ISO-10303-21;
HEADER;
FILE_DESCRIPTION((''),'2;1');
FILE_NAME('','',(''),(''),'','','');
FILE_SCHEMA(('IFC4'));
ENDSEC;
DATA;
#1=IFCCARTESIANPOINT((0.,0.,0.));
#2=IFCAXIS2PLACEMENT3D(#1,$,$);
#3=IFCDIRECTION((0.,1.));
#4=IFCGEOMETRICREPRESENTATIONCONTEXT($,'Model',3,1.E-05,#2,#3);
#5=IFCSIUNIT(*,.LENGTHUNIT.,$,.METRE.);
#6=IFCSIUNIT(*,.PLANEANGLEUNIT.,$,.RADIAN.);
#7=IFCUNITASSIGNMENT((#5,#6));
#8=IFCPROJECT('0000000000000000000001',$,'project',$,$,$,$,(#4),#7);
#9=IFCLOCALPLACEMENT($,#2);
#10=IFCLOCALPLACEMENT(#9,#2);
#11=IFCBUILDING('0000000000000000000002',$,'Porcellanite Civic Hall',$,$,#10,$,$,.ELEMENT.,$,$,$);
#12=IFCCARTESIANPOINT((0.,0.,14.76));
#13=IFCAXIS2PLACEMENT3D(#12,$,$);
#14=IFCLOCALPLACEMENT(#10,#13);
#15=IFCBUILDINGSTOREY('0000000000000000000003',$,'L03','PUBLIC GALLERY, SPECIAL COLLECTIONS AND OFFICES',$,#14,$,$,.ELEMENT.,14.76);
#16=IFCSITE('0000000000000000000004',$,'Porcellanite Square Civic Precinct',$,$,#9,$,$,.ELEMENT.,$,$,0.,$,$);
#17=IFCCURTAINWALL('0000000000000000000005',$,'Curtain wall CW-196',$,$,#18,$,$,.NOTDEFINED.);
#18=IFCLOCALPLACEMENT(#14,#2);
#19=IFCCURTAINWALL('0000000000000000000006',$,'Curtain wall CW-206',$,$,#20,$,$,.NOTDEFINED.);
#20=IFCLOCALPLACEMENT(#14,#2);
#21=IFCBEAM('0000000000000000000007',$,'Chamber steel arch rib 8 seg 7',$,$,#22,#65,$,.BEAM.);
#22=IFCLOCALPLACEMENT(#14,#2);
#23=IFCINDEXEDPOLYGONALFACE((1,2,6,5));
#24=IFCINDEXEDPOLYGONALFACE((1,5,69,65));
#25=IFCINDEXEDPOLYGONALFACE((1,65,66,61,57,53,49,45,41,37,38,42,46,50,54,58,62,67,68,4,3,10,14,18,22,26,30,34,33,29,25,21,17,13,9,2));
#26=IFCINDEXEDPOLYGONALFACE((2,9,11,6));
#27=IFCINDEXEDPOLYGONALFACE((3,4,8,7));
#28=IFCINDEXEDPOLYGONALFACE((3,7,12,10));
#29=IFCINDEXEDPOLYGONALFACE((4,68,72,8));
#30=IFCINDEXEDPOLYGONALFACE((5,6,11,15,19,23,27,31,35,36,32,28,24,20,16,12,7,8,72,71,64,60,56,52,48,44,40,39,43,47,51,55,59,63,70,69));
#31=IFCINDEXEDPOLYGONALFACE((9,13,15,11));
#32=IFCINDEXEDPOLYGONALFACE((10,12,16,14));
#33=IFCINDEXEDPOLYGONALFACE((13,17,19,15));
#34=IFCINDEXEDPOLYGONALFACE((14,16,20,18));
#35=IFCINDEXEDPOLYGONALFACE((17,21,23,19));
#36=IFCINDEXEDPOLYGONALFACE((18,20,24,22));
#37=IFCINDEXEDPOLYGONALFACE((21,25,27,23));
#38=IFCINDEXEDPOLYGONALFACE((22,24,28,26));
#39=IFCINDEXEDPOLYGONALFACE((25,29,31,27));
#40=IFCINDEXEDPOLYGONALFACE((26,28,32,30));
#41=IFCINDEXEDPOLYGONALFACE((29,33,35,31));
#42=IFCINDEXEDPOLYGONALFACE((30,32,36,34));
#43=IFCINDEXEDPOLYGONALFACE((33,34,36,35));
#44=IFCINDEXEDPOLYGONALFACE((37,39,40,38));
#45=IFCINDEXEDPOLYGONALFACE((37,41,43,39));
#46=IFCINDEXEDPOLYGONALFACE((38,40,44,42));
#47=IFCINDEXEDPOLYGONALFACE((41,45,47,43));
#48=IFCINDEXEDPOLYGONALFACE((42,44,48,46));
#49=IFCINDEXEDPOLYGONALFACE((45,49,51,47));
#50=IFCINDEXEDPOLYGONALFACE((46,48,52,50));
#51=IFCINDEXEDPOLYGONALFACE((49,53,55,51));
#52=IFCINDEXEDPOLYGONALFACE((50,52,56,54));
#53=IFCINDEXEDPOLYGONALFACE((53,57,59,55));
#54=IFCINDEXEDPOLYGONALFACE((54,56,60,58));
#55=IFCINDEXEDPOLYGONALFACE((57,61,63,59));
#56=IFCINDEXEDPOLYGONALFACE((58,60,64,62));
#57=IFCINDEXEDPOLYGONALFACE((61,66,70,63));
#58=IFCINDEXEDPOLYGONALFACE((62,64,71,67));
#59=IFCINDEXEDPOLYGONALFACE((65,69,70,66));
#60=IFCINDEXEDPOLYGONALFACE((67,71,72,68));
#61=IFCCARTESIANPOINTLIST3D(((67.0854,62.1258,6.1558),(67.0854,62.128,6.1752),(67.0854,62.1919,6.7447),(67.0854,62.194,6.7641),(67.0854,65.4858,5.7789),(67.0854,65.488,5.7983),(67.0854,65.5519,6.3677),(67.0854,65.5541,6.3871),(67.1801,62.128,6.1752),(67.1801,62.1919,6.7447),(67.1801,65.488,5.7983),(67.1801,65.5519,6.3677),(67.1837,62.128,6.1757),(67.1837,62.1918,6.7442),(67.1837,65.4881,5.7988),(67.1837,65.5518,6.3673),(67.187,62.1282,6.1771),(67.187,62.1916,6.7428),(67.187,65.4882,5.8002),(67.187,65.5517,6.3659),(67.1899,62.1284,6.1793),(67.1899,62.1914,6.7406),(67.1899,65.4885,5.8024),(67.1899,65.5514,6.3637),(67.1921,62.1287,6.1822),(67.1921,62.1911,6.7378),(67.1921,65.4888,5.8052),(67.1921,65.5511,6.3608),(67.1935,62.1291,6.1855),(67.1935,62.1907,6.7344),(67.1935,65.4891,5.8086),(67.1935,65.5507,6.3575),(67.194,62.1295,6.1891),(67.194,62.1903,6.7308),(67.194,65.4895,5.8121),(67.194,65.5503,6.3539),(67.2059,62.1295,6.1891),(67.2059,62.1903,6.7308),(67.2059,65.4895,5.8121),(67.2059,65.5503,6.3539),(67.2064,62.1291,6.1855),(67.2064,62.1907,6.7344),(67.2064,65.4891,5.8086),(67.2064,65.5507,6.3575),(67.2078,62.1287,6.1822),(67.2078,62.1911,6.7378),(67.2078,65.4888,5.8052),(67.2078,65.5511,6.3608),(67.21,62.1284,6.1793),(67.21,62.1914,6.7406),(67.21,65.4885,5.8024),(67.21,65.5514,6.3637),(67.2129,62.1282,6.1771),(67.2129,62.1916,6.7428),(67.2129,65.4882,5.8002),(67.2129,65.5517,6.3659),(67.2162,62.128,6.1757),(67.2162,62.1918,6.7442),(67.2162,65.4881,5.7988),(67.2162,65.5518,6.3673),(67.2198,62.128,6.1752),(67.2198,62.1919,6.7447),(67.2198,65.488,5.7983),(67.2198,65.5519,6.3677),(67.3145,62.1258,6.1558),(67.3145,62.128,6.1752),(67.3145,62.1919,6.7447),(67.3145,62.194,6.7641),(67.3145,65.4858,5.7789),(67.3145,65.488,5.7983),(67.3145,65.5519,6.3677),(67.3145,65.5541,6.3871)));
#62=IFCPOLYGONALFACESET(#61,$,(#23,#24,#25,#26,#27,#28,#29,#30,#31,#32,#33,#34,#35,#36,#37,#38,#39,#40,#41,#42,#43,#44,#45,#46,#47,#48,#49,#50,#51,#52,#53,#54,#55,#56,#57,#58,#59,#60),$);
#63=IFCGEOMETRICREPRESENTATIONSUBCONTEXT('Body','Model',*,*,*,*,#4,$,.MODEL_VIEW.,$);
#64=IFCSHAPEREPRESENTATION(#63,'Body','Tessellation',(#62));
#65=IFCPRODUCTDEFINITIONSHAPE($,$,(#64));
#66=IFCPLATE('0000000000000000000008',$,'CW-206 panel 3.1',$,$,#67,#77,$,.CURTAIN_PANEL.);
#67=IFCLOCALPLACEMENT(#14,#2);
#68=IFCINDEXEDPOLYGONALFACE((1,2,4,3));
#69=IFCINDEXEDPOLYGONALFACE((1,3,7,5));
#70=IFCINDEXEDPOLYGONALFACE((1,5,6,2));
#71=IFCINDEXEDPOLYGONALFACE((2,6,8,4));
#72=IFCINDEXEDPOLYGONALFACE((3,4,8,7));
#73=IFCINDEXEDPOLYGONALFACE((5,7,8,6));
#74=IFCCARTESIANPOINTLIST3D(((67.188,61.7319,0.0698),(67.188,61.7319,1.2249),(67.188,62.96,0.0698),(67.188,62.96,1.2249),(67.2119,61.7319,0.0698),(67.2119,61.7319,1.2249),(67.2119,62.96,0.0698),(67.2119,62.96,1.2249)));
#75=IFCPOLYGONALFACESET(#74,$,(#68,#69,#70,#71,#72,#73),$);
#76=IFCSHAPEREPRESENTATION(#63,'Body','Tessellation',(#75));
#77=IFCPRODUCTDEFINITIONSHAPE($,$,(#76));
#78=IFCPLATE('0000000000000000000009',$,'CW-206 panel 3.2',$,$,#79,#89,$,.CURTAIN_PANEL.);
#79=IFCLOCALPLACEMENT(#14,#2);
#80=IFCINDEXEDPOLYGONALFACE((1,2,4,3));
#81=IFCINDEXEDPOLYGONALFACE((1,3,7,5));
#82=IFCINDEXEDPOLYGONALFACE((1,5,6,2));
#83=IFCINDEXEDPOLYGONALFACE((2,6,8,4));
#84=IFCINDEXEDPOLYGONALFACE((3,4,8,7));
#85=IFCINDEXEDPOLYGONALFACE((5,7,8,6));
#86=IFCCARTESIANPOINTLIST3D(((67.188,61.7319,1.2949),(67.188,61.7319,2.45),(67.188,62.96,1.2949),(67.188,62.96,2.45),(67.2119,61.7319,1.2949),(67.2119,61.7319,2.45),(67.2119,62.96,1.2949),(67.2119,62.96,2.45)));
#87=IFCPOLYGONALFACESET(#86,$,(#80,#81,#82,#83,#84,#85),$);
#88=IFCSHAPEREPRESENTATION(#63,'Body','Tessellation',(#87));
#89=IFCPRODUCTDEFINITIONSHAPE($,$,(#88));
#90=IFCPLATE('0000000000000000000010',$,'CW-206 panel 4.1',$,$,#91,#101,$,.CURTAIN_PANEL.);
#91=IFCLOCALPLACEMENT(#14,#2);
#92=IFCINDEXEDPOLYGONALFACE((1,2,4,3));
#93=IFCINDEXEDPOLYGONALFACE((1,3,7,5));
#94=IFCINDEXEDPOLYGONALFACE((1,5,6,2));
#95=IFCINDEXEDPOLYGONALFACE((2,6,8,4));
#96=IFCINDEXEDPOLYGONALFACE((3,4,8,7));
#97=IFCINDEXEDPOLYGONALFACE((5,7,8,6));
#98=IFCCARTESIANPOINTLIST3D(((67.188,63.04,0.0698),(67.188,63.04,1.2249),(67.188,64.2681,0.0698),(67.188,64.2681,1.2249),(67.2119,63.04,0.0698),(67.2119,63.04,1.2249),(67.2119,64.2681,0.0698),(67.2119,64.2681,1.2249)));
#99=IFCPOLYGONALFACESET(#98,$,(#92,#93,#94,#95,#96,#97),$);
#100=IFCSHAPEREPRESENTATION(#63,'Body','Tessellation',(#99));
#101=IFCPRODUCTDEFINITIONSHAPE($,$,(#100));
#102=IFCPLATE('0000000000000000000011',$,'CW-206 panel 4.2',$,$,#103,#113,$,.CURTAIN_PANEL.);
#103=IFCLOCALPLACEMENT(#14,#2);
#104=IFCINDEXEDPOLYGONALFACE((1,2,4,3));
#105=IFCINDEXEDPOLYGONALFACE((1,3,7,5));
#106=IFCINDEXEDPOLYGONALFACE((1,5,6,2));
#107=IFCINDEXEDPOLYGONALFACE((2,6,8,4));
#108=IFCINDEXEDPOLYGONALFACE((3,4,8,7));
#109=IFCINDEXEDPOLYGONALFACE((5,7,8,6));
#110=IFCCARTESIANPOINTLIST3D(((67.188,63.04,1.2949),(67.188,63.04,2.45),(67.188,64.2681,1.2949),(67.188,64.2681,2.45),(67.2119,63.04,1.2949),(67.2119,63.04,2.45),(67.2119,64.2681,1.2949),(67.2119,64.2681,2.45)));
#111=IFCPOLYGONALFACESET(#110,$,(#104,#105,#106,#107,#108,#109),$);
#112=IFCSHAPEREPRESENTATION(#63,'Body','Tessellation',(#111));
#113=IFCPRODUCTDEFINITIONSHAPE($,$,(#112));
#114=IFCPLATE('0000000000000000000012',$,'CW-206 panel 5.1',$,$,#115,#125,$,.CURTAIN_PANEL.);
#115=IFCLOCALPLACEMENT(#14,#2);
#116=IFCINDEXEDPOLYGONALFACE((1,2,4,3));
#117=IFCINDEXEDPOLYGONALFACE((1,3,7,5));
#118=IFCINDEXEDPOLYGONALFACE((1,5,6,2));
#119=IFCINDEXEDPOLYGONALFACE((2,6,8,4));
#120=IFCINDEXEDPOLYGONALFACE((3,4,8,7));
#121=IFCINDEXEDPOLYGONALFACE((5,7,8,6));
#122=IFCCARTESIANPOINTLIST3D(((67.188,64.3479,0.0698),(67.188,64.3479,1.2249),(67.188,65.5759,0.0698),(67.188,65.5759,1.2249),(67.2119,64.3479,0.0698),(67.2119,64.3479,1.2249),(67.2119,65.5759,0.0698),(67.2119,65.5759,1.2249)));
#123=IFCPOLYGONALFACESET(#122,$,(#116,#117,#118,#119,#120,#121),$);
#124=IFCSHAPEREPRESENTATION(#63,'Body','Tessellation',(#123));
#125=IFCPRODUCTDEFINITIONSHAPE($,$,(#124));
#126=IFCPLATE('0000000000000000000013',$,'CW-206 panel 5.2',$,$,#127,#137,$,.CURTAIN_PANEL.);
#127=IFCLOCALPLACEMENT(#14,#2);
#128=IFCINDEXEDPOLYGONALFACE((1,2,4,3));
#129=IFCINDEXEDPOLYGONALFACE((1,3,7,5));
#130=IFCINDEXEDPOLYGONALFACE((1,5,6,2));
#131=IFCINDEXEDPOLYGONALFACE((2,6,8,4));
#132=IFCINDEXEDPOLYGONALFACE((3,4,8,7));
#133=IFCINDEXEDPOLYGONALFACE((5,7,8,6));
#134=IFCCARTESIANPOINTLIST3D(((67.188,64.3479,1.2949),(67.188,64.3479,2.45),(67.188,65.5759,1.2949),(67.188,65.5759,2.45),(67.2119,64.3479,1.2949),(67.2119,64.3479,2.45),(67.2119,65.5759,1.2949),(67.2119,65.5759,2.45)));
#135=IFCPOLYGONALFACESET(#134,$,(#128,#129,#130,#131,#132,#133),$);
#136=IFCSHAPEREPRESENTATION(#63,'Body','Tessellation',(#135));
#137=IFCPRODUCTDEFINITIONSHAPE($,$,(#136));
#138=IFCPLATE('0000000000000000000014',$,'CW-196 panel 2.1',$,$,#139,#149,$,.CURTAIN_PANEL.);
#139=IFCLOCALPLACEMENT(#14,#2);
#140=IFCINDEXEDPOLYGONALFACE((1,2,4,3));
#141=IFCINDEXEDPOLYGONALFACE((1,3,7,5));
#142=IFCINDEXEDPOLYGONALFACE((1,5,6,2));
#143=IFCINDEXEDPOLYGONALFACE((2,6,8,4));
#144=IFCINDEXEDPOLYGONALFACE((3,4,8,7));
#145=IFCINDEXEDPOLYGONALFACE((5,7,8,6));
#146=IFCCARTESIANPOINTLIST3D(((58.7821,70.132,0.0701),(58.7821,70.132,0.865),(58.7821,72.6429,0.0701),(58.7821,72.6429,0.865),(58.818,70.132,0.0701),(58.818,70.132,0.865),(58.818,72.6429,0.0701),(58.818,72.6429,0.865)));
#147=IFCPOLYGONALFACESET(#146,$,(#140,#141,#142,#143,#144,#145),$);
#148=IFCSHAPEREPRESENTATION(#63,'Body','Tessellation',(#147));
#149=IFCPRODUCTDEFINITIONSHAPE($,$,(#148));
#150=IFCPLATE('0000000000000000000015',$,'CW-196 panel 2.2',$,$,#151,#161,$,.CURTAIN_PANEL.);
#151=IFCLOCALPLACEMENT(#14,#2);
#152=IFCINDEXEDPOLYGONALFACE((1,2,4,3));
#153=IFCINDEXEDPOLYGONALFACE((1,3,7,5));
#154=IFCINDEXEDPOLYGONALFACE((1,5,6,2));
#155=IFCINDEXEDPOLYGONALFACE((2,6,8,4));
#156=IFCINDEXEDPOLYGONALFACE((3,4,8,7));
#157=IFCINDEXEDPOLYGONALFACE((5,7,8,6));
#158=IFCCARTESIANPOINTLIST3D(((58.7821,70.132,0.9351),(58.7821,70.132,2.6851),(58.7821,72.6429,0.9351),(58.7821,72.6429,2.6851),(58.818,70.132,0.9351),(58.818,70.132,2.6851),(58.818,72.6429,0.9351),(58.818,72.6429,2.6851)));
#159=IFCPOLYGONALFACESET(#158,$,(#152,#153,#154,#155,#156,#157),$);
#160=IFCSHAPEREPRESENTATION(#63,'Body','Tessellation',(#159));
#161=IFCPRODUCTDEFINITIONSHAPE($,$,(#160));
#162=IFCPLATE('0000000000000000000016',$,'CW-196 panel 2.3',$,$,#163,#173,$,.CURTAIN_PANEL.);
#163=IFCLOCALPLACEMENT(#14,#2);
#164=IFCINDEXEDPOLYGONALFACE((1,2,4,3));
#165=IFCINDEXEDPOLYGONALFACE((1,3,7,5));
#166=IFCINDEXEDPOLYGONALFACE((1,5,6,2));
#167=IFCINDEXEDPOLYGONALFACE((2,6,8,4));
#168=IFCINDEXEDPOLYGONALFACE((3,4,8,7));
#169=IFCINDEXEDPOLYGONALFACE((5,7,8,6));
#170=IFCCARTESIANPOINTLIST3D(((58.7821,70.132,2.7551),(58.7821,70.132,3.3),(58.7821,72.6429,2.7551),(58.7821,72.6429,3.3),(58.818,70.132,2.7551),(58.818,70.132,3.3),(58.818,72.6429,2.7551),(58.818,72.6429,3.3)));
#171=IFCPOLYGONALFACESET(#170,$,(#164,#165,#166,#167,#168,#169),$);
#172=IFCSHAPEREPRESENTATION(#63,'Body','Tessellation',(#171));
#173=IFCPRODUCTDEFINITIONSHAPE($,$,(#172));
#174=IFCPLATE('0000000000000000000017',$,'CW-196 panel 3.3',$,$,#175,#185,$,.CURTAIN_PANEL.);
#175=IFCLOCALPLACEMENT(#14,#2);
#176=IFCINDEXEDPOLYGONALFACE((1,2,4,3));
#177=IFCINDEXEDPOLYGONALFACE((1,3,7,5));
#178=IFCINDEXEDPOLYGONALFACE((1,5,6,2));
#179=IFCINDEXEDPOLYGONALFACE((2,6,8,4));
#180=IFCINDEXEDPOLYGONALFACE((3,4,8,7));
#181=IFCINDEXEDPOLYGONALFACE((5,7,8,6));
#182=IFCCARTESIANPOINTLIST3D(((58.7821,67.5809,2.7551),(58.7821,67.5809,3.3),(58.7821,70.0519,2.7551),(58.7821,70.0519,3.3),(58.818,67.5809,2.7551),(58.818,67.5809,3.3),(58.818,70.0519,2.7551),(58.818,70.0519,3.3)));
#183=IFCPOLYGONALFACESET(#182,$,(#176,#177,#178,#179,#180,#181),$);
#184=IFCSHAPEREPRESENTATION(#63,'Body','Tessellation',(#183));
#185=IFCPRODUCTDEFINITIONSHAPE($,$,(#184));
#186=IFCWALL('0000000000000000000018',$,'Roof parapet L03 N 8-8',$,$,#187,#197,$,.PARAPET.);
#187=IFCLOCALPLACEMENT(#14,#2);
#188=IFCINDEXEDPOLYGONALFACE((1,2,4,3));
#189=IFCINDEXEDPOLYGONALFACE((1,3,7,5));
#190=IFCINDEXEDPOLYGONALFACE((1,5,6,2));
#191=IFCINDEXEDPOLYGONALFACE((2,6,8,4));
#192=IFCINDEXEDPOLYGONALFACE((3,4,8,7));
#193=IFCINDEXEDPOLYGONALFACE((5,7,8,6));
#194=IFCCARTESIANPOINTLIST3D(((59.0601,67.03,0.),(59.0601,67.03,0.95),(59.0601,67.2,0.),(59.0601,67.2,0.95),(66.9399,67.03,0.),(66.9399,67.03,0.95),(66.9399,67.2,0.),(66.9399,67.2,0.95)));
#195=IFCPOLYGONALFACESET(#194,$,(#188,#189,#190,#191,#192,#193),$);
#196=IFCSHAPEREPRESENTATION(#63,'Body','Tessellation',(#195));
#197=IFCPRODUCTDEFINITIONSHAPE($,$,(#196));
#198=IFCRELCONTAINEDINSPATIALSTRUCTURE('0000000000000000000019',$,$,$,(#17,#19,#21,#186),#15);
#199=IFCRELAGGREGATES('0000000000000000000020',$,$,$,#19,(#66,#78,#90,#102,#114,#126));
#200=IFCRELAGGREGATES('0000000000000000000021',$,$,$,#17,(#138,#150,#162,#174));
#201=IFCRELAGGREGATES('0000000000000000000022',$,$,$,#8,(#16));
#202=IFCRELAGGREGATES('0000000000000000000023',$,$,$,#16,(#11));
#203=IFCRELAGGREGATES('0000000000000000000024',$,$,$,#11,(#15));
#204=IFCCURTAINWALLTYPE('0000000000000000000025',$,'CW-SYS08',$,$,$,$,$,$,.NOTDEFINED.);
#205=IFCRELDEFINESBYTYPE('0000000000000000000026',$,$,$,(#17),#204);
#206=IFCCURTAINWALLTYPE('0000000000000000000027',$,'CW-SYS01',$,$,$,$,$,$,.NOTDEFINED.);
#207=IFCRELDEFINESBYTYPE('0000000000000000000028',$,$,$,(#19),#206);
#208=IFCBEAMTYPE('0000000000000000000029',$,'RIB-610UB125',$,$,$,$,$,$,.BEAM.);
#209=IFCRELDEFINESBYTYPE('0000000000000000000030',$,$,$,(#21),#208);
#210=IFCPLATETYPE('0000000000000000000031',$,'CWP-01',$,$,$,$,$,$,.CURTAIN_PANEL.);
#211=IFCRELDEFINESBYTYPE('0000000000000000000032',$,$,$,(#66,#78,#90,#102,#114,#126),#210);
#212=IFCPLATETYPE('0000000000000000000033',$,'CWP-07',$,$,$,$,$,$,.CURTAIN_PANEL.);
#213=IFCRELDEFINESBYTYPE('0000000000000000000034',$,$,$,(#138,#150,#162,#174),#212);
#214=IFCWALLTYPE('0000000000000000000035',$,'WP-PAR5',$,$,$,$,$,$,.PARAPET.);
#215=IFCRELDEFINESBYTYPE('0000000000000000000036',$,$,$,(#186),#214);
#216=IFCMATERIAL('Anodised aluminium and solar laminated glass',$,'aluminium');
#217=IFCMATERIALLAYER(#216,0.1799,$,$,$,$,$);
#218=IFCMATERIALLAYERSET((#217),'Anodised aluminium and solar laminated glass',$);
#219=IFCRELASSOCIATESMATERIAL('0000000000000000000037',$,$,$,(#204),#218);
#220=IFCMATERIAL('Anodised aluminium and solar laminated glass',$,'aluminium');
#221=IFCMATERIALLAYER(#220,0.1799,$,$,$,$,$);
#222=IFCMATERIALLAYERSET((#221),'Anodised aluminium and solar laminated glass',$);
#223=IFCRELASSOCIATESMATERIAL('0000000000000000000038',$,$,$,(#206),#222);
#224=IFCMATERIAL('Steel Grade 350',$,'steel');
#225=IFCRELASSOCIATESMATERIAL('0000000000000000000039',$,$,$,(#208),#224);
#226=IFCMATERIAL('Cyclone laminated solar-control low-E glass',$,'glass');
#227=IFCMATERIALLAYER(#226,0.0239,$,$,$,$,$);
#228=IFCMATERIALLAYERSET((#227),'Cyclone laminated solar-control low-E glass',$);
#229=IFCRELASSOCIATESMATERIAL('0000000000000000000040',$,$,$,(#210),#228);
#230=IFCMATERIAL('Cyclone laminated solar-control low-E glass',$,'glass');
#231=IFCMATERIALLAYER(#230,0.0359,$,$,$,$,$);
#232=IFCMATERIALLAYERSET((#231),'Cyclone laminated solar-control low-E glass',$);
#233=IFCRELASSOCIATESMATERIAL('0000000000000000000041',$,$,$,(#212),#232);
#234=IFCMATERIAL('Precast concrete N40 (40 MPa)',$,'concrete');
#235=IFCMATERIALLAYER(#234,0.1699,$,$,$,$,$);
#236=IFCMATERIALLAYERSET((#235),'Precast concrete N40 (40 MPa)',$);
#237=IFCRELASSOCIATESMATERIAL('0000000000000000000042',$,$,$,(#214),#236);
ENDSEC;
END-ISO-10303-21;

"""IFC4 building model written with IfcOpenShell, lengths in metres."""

from ifc_helpers import new_model, si_unit, direction, frame, frame_2d, origin, origin_2d, place, context, subcontext, project, spatial, rectangle, i_section, extrude, material, layer, layer_set, material_profile, profile_set, type_object, element, aggregate, save


model = new_model("IFC4")

# Units and contexts
model_context = context("Model", 3, precision=1e-05, world=origin(), true_north=direction((0.0, 1.0)))
body_context = subcontext(model_context, "Body", "Model", "MODEL_VIEW")
ifc_project = project(units=[si_unit("LENGTHUNIT", "METRE"), si_unit("PLANEANGLEUNIT", "RADIAN")], contexts=[model_context])

# Site, building, storey
site_placement = place(None, origin())
site = spatial("IfcSite", under=ifc_project, at=site_placement, Name="Porcellanite Square Civic Precinct", CompositionType="ELEMENT", RefElevation=0.0)
building_placement = place(site_placement, origin())
building = spatial("IfcBuilding", under=site, at=building_placement, Name="Porcellanite Civic Hall", CompositionType="ELEMENT")
storey_placement = place(building_placement, frame((0.0, 0.0, 14.76)))
storey = spatial("IfcBuildingStorey", under=building, at=storey_placement, Name="L03", Description="PUBLIC GALLERY, SPECIAL COLLECTIONS AND OFFICES", CompositionType="ELEMENT", Elevation=14.76)

# Curtain wall
ifc_material_1 = material(Name="Anodised aluminium and solar laminated glass", Category="aluminium")
ifc_layer_1 = layer(ifc_material_1, 0.1799)
ifc_layer_set_1 = layer_set([ifc_layer_1], Name="Anodised aluminium and solar laminated glass")
curtain_wall_type_1 = type_object("IfcCurtainWallType", Name="CW-SYS08", PredefinedType="NOTDEFINED", material=ifc_layer_set_1)
curtain_wall_1_placement = place(storey_placement, origin())
curtain_wall_1 = element("IfcCurtainWall", 1, at=curtain_wall_1_placement, inside=storey, type_object=curtain_wall_type_1, Name="Curtain wall CW-196", PredefinedType="NOTDEFINED")

# Curtain wall
ifc_material_2 = material(Name="Anodised aluminium and solar laminated glass", Category="aluminium")
ifc_layer_2 = layer(ifc_material_2, 0.1799)
ifc_layer_set_2 = layer_set([ifc_layer_2], Name="Anodised aluminium and solar laminated glass")
curtain_wall_type_2 = type_object("IfcCurtainWallType", Name="CW-SYS01", PredefinedType="NOTDEFINED", material=ifc_layer_set_2)
curtain_wall_2_placement = place(storey_placement, origin())
curtain_wall_2 = element("IfcCurtainWall", 2, at=curtain_wall_2_placement, inside=storey, type_object=curtain_wall_type_2, Name="Curtain wall CW-206", PredefinedType="NOTDEFINED")

# Beam
ifc_material_3 = material(Name="Steel Grade 350", Category="steel")
ifc_material_profile_1 = material_profile(ifc_material_3, i_section(OverallWidth=0.229, OverallDepth=0.6121, WebThickness=0.012, FlangeThickness=0.0195, FilletRadius=0.0139, at=origin_2d()), Name="610UB125")
ifc_profile_set_1 = profile_set([ifc_material_profile_1], Name="Steel Grade 350")
beam_type = type_object("IfcBeamType", Name="RIB-610UB125", PredefinedType="BEAM", material=ifc_profile_set_1)
beam_placement = place(storey_placement, frame((67.2, 62.1599, 6.46), z_axis=(0.0, 0.993766, -0.111485), x_axis=(-1.0, 0.0, 0.0)))
element("IfcBeam", 3, at=beam_placement, inside=storey, type_object=beam_type, Name="Chamber steel arch rib 8 seg 7", PredefinedType="BEAM", context=body_context, shape_type="SweptSolid", body=[
    extrude(i_section(OverallWidth=0.229, OverallDepth=0.6121, WebThickness=0.012, FlangeThickness=0.0195, FilletRadius=0.0139, at=origin_2d()), origin(), (0.0, 0.0, 1.0), 3.3811),
])

# Plates
ifc_material_4 = material(Name="Cyclone laminated solar-control low-E glass", Category="glass")
ifc_layer_3 = layer(ifc_material_4, 0.0239)
ifc_layer_set_3 = layer_set([ifc_layer_3], Name="Cyclone laminated solar-control low-E glass")
plate_type_1 = type_object("IfcPlateType", Name="CWP-01", PredefinedType="CURTAIN_PANEL", material=ifc_layer_set_3)
plate_1_placement = place(storey_placement, frame((67.2, 62.3459, 0.0698), z_axis=(0.0, 0.0, 1.0), x_axis=(0.0, 1.0, 0.0)))
plate_1 = element("IfcPlate", 4, at=plate_1_placement, type_object=plate_type_1, Name="CW-206 panel 3.1", PredefinedType="CURTAIN_PANEL", context=body_context, shape_type="SweptSolid", body=[
    extrude(rectangle(XDim=1.228, YDim=0.0239, at=origin_2d()), origin(), (0.0, 0.0, 1.0), 1.155),
])
plate_2_placement = place(storey_placement, frame((67.2, 62.3459, 1.2949), z_axis=(0.0, 0.0, 1.0), x_axis=(0.0, 1.0, 0.0)))
plate_2 = element("IfcPlate", 5, at=plate_2_placement, type_object=plate_type_1, Name="CW-206 panel 3.2", PredefinedType="CURTAIN_PANEL", context=body_context, shape_type="SweptSolid", body=[
    extrude(rectangle(XDim=1.228, YDim=0.0239, at=origin_2d()), origin(), (0.0, 0.0, 1.0), 1.155),
])
plate_3_placement = place(storey_placement, frame((67.2, 63.6541, 0.0698), z_axis=(0.0, 0.0, 1.0), x_axis=(0.0, 1.0, 0.0)))
plate_3 = element("IfcPlate", 6, at=plate_3_placement, type_object=plate_type_1, Name="CW-206 panel 4.1", PredefinedType="CURTAIN_PANEL", context=body_context, shape_type="SweptSolid", body=[
    extrude(rectangle(XDim=1.228, YDim=0.0239, at=origin_2d()), origin(), (0.0, 0.0, 1.0), 1.155),
])
plate_4_placement = place(storey_placement, frame((67.2, 63.6541, 1.2949), z_axis=(0.0, 0.0, 1.0), x_axis=(0.0, 1.0, 0.0)))
plate_4 = element("IfcPlate", 7, at=plate_4_placement, type_object=plate_type_1, Name="CW-206 panel 4.2", PredefinedType="CURTAIN_PANEL", context=body_context, shape_type="SweptSolid", body=[
    extrude(rectangle(XDim=1.228, YDim=0.0239, at=origin_2d()), origin(), (0.0, 0.0, 1.0), 1.155),
])
plate_5_placement = place(storey_placement, frame((67.2, 64.9619, 0.0698), z_axis=(0.0, 0.0, 1.0), x_axis=(0.0, 1.0, 0.0)))
plate_5 = element("IfcPlate", 8, at=plate_5_placement, type_object=plate_type_1, Name="CW-206 panel 5.1", PredefinedType="CURTAIN_PANEL", context=body_context, shape_type="SweptSolid", body=[
    extrude(rectangle(XDim=1.228, YDim=0.0239, at=origin_2d()), origin(), (0.0, 0.0, 1.0), 1.155),
])
plate_6_placement = place(storey_placement, frame((67.2, 64.9619, 1.2949), z_axis=(0.0, 0.0, 1.0), x_axis=(0.0, 1.0, 0.0)))
plate_6 = element("IfcPlate", 9, at=plate_6_placement, type_object=plate_type_1, Name="CW-206 panel 5.2", PredefinedType="CURTAIN_PANEL", context=body_context, shape_type="SweptSolid", body=[
    extrude(rectangle(XDim=1.228, YDim=0.0239, at=origin_2d()), origin(), (0.0, 0.0, 1.0), 1.155),
])
aggregate(curtain_wall_2, [plate_1, plate_2, plate_3, plate_4, plate_5, plate_6])
ifc_material_5 = material(Name="Cyclone laminated solar-control low-E glass", Category="glass")
ifc_layer_4 = layer(ifc_material_5, 0.0359)
ifc_layer_set_4 = layer_set([ifc_layer_4], Name="Cyclone laminated solar-control low-E glass")
plate_type_2 = type_object("IfcPlateType", Name="CWP-07", PredefinedType="CURTAIN_PANEL", material=ifc_layer_set_4)
plate_7_placement = place(storey_placement, frame((58.8, 71.3875, 0.0701), z_axis=(0.0, 0.0, 1.0), x_axis=(0.0, -1.0, 0.0)))
plate_7 = element("IfcPlate", 10, at=plate_7_placement, type_object=plate_type_2, Name="CW-196 panel 2.1", PredefinedType="CURTAIN_PANEL", context=body_context, shape_type="SweptSolid", body=[
    extrude(rectangle(XDim=2.511, YDim=0.0359, at=origin_2d()), origin(), (0.0, 0.0, 1.0), 0.7949),
])
plate_8_placement = place(storey_placement, frame((58.8, 71.3875, 0.9351), z_axis=(0.0, 0.0, 1.0), x_axis=(0.0, -1.0, 0.0)))
plate_8 = element("IfcPlate", 11, at=plate_8_placement, type_object=plate_type_2, Name="CW-196 panel 2.2", PredefinedType="CURTAIN_PANEL", context=body_context, shape_type="SweptSolid", body=[
    extrude(rectangle(XDim=2.511, YDim=0.0359, at=origin_2d()), origin(), (0.0, 0.0, 1.0), 1.75),
])
plate_9_placement = place(storey_placement, frame((58.8, 71.3875, 2.7551), z_axis=(0.0, 0.0, 1.0), x_axis=(0.0, -1.0, 0.0)))
plate_9 = element("IfcPlate", 12, at=plate_9_placement, type_object=plate_type_2, Name="CW-196 panel 2.3", PredefinedType="CURTAIN_PANEL", context=body_context, shape_type="SweptSolid", body=[
    extrude(rectangle(XDim=2.511, YDim=0.0359, at=origin_2d()), origin(), (0.0, 0.0, 1.0), 0.5449),
])
plate_10_placement = place(storey_placement, frame((58.8, 68.8164, 2.7551), z_axis=(0.0, 0.0, 1.0), x_axis=(0.0, -1.0, 0.0)))
plate_10 = element("IfcPlate", 13, at=plate_10_placement, type_object=plate_type_2, Name="CW-196 panel 3.3", PredefinedType="CURTAIN_PANEL", context=body_context, shape_type="SweptSolid", body=[
    extrude(rectangle(XDim=2.4709, YDim=0.0359, at=origin_2d()), origin(), (0.0, 0.0, 1.0), 0.5449),
])
aggregate(curtain_wall_1, [plate_7, plate_8, plate_9, plate_10])

# Wall
ifc_material_6 = material(Name="Precast concrete N40 (40 MPa)", Category="concrete")
ifc_layer_5 = layer(ifc_material_6, 0.1699)
ifc_layer_set_5 = layer_set([ifc_layer_5], Name="Precast concrete N40 (40 MPa)")
wall_type = type_object("IfcWallType", Name="WP-PAR5", PredefinedType="PARAPET", material=ifc_layer_set_5)
wall_placement = place(storey_placement, frame((59.0601, 67.115, 0.0), z_axis=(0.0, 0.0, 1.0), x_axis=(1.0, 0.0, 0.0)))
element("IfcWall", 14, at=wall_placement, inside=storey, type_object=wall_type, Name="Roof parapet L03 N 8-8", PredefinedType="PARAPET", context=body_context, shape_type="SweptSolid", body=[
    extrude(rectangle(XDim=7.8799, YDim=0.1699, at=frame_2d((3.9399, 0.0))), origin(), (0.0, 0.0, 1.0), 0.95),
])

save(model, "model.ifc")
